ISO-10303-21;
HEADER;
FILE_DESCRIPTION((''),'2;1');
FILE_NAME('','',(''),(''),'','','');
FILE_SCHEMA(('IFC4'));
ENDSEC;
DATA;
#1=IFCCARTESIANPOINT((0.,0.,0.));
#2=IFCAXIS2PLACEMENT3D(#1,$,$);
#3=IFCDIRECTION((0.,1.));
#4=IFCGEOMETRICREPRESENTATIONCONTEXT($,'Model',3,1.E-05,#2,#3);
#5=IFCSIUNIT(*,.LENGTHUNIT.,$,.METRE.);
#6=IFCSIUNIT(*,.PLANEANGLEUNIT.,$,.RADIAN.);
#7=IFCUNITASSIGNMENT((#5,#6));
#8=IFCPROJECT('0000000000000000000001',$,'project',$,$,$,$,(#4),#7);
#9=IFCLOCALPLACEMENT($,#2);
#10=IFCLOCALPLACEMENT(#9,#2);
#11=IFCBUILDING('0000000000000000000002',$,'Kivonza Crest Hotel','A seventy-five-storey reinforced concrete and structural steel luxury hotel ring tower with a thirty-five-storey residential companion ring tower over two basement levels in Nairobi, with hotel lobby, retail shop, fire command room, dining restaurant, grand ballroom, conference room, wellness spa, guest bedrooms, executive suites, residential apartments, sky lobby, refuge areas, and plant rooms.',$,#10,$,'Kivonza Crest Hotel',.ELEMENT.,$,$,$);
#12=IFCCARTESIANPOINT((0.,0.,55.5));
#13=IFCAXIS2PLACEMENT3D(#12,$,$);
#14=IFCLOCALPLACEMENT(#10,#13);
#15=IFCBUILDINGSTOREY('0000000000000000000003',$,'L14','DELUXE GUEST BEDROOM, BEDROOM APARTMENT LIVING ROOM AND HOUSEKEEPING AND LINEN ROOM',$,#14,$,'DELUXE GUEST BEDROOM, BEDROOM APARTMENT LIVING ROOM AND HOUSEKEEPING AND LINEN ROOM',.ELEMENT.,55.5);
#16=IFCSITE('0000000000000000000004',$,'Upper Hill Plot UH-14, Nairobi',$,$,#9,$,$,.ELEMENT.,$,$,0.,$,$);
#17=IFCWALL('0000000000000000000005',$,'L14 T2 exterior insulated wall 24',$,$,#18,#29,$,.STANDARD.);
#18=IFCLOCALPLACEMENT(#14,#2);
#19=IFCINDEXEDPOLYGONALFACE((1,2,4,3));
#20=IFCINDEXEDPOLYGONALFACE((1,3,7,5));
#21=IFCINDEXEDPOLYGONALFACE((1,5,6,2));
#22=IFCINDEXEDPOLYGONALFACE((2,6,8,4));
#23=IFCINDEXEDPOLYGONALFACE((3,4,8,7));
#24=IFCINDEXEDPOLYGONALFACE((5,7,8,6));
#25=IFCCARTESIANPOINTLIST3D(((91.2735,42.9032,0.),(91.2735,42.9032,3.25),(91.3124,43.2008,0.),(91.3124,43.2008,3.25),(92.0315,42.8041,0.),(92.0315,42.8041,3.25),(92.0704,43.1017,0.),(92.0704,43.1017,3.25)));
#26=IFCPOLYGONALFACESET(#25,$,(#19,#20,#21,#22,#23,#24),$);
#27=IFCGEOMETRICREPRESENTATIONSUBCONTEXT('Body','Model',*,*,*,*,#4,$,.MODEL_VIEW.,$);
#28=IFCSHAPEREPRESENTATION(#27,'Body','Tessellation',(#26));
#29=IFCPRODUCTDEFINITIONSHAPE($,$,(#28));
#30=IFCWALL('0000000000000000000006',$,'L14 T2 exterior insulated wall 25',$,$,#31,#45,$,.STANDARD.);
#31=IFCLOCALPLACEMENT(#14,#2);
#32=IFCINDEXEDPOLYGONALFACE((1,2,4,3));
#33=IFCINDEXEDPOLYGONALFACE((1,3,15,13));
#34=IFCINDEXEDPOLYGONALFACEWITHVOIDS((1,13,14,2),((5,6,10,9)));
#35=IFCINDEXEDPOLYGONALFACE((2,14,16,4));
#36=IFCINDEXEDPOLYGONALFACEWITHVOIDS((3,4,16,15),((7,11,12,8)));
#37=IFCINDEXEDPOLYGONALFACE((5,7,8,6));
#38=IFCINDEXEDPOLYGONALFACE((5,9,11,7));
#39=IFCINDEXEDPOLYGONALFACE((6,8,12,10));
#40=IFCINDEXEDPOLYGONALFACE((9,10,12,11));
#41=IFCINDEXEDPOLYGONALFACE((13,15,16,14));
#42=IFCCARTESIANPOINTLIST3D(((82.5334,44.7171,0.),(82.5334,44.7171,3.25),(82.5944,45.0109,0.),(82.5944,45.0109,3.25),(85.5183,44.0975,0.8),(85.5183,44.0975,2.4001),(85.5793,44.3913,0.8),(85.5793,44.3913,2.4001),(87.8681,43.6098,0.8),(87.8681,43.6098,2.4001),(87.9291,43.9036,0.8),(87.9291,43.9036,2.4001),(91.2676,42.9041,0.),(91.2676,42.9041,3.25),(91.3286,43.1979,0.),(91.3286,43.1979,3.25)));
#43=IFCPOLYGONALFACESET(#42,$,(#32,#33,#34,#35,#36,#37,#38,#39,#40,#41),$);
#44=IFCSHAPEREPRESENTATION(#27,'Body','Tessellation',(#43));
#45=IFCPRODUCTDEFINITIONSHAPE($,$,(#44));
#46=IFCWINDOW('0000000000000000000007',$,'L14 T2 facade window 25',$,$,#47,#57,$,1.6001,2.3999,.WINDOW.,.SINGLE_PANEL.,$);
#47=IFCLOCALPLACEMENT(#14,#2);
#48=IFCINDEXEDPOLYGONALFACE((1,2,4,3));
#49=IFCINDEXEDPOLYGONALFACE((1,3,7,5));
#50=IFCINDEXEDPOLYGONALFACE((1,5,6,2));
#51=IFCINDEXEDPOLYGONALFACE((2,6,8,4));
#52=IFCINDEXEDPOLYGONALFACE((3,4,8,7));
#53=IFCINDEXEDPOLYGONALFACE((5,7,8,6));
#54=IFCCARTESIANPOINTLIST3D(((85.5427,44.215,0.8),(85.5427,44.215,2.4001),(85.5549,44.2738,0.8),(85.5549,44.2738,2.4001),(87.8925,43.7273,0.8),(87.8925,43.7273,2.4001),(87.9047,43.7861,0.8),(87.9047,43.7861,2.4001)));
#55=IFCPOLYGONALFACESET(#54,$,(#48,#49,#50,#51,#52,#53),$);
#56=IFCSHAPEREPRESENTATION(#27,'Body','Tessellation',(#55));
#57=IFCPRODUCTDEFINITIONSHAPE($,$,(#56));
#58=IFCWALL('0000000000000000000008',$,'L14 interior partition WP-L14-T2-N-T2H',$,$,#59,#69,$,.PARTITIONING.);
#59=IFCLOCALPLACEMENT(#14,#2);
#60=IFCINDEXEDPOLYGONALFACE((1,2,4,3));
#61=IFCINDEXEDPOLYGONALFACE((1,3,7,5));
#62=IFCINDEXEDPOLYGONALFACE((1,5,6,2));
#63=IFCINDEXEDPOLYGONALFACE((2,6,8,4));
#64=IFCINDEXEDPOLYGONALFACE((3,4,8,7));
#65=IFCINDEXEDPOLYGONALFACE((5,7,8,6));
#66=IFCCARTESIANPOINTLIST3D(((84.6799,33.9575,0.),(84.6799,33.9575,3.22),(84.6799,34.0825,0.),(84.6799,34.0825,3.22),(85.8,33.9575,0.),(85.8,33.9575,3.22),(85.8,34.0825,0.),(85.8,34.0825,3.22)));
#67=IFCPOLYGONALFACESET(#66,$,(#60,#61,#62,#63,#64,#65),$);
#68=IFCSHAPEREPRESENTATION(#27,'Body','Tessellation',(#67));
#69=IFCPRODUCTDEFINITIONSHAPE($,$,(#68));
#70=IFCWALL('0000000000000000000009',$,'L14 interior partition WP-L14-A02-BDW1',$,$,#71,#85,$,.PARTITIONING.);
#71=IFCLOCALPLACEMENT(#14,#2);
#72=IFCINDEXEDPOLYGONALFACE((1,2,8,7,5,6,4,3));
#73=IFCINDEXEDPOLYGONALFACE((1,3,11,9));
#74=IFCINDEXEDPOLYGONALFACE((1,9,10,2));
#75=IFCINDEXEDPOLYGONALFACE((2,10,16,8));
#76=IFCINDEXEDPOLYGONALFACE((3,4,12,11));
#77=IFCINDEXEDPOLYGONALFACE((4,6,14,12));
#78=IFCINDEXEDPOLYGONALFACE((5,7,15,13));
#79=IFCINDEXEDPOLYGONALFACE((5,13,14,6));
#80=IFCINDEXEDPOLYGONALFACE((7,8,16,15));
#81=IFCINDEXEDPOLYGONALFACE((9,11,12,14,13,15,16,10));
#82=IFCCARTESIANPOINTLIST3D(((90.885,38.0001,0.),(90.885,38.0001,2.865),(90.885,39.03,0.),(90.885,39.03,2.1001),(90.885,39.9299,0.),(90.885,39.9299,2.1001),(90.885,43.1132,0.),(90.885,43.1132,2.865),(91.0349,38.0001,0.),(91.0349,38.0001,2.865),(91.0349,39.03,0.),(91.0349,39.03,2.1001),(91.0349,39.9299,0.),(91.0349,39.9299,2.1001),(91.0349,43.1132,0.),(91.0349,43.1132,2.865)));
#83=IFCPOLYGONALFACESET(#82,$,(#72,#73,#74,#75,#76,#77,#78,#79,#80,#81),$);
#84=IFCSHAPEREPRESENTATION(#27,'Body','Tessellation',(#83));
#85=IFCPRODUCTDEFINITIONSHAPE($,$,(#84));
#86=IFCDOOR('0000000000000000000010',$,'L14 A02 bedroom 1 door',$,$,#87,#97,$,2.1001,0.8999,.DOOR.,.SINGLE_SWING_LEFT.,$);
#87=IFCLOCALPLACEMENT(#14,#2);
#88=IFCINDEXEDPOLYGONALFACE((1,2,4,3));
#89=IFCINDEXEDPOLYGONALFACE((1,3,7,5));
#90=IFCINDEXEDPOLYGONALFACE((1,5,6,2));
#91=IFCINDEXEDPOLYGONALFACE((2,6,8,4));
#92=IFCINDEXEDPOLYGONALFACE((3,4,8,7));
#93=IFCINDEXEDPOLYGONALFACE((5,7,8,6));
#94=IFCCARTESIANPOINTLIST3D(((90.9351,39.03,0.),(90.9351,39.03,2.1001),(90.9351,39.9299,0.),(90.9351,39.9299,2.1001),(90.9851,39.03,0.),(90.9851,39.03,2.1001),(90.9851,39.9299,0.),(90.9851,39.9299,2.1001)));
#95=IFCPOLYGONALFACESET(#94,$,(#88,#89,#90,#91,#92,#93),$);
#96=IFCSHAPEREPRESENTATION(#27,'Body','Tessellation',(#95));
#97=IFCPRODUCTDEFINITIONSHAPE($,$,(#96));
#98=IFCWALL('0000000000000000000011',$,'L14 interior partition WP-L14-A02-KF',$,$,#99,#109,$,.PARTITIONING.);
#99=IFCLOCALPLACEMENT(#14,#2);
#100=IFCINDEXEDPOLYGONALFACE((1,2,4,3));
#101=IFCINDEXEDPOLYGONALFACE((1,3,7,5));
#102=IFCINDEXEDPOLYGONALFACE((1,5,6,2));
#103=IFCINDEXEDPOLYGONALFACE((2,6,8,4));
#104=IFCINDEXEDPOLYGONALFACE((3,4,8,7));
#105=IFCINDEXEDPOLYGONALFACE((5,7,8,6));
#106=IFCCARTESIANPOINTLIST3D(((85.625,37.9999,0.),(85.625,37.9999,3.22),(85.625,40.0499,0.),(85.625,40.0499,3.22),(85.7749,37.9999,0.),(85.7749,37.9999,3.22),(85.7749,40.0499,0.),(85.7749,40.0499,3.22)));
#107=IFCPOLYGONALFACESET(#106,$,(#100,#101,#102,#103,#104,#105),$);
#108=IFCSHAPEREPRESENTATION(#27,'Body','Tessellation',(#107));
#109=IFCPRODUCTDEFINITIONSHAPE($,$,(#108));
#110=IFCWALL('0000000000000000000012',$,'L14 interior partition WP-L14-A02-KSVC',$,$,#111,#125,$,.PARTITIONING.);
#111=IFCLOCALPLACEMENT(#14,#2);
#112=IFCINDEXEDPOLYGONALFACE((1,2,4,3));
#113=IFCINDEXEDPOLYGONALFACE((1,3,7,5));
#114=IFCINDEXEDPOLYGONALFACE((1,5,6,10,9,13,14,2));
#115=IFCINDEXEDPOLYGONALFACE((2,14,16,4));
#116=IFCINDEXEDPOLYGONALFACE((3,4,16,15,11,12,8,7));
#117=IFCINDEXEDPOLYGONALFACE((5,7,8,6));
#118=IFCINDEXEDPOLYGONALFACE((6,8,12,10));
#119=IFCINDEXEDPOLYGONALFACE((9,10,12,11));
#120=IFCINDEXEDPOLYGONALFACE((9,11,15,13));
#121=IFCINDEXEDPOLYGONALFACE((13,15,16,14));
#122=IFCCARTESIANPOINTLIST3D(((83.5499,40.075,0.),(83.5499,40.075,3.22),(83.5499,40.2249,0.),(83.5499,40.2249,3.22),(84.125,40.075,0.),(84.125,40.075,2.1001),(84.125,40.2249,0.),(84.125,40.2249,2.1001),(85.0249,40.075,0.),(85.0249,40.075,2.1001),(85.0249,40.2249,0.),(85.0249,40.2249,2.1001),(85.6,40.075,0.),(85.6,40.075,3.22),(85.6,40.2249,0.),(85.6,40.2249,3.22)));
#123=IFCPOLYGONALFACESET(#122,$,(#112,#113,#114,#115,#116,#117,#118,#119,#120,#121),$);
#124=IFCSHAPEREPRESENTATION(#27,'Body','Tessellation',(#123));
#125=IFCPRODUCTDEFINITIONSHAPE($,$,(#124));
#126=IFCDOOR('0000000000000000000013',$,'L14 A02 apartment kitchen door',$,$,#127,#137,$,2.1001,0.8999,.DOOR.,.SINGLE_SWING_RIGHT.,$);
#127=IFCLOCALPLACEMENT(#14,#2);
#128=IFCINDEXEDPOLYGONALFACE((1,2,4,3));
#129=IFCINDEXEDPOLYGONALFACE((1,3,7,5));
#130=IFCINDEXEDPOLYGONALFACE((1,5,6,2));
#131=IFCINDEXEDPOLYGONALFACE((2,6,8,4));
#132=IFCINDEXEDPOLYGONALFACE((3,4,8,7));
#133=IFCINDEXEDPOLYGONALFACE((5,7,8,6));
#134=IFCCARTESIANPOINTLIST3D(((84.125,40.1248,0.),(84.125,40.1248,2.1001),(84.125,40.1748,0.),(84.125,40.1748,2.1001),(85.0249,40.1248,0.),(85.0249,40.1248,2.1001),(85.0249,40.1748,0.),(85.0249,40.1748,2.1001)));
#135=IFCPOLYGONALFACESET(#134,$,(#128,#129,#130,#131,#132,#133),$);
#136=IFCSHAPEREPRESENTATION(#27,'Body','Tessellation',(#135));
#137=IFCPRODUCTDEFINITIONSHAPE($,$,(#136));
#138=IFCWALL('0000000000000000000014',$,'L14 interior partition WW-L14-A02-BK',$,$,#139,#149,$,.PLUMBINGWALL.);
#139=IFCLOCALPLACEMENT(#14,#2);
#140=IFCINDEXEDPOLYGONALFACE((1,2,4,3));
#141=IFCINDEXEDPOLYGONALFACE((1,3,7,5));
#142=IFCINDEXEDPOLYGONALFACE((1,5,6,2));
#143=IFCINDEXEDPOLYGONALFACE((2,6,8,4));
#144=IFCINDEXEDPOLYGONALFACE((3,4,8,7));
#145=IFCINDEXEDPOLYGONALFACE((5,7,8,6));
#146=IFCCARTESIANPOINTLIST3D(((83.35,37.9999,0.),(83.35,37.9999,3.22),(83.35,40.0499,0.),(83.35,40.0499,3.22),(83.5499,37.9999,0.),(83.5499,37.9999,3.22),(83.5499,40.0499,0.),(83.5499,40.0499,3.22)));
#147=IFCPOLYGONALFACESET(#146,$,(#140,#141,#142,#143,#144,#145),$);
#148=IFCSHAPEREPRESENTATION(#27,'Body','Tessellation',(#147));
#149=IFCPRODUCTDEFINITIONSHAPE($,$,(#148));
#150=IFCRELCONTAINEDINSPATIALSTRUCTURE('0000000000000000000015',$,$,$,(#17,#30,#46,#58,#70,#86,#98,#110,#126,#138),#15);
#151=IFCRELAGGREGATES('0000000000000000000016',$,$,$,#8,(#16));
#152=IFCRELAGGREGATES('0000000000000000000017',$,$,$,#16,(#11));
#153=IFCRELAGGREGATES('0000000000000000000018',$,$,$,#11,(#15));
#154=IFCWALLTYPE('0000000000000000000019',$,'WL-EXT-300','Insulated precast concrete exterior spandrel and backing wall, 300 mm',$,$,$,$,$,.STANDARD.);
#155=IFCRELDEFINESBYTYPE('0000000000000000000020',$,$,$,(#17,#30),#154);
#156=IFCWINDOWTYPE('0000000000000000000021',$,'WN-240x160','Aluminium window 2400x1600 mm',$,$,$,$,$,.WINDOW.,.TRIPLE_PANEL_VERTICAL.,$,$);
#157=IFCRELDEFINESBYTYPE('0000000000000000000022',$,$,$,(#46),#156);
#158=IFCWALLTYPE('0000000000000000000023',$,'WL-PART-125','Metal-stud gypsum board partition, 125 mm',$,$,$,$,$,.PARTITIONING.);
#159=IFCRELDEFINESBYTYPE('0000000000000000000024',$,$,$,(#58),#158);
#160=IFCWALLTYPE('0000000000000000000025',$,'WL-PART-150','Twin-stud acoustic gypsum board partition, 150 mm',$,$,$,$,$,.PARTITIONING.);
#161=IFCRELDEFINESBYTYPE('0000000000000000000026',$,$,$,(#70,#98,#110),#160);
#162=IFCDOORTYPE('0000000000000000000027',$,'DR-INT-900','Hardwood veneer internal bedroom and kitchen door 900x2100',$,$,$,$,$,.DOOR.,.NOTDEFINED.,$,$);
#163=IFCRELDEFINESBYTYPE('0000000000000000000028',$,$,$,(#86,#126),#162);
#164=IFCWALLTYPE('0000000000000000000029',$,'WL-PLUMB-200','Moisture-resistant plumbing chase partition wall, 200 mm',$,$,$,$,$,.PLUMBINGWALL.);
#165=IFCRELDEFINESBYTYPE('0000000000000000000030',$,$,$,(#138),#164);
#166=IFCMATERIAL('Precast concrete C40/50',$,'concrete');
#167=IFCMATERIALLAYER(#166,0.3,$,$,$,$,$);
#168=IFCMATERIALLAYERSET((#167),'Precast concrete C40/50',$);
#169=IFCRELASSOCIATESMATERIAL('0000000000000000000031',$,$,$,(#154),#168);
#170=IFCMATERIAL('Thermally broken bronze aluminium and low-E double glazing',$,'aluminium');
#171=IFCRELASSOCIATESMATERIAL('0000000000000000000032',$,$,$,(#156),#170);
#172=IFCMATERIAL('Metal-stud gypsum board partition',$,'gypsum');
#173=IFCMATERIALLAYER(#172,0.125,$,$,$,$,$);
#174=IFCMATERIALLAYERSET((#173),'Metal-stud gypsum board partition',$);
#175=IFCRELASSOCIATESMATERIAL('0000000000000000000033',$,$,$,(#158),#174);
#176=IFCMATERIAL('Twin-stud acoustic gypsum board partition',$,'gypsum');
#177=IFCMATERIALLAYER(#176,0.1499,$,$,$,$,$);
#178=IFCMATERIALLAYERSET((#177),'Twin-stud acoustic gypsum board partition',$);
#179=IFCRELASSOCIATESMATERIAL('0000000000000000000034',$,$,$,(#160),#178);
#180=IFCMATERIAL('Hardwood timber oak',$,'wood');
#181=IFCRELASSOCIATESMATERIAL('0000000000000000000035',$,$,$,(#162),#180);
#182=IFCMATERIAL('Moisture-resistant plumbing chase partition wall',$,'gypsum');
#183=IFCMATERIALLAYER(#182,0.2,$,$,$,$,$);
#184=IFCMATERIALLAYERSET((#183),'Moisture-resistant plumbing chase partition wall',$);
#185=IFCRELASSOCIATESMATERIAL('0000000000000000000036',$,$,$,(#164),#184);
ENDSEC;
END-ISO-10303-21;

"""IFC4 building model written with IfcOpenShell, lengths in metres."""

from ifc_helpers import new_model, si_unit, direction, frame, frame_2d, origin, place, context, subcontext, project, spatial, rectangle, extrude, material, layer, layer_set, type_object, element, fill, save


model = new_model("IFC4")

# Units and contexts
model_context = context("Model", 3, precision=1e-05, world=origin(), true_north=direction((0.0, 1.0)))
body_context = subcontext(model_context, "Body", "Model", "MODEL_VIEW")
ifc_project = project(units=[si_unit("LENGTHUNIT", "METRE"), si_unit("PLANEANGLEUNIT", "RADIAN")], contexts=[model_context])

# Site, building, storey
site_placement = place(None, origin())
site = spatial("IfcSite", under=ifc_project, at=site_placement, Name="Upper Hill Plot UH-14, Nairobi", CompositionType="ELEMENT", RefElevation=0.0)
building_placement = place(site_placement, origin())
building = spatial("IfcBuilding", under=site, at=building_placement, Name="Kivonza Crest Hotel", Description="A seventy-five-storey reinforced concrete and structural steel luxury hotel ring tower with a thirty-five-storey residential companion ring tower over two basement levels in Nairobi, with hotel lobby, retail shop, fire command room, dining restaurant, grand ballroom, conference room, wellness spa, guest bedrooms, executive suites, residential apartments, sky lobby, refuge areas, and plant rooms.", LongName="Kivonza Crest Hotel", CompositionType="ELEMENT")
storey_placement = place(building_placement, frame((0.0, 0.0, 55.5)))
storey = spatial("IfcBuildingStorey", under=building, at=storey_placement, Name="L14", Description="DELUXE GUEST BEDROOM, BEDROOM APARTMENT LIVING ROOM AND HOUSEKEEPING AND LINEN ROOM", LongName="DELUXE GUEST BEDROOM, BEDROOM APARTMENT LIVING ROOM AND HOUSEKEEPING AND LINEN ROOM", CompositionType="ELEMENT", Elevation=55.5)

# Shared definitions
ifc_material_1 = material(Name="Hardwood timber oak", Category="wood")

# Wall
ifc_material_2 = material(Name="Precast concrete C40/50", Category="concrete")
ifc_layer_1 = layer(ifc_material_2, 0.3)
ifc_layer_set_1 = layer_set([ifc_layer_1], Name="Precast concrete C40/50")
wall_type_1 = type_object("IfcWallType", Name="WL-EXT-300", Description="Insulated precast concrete exterior spandrel and backing wall, 300 mm", PredefinedType="STANDARD", material=ifc_layer_set_1)
wall_1_placement = place(storey_placement, frame((92.051, 42.9529, 0.0), z_axis=(0.0, 0.0, 1.0), x_axis=(-0.991559, 0.129653, 0.0)))
element("IfcWall", 1, at=wall_1_placement, inside=storey, type_object=wall_type_1, Name="L14 T2 exterior insulated wall 24", PredefinedType="STANDARD", context=body_context, shape_type="SweptSolid", body=[
    extrude(rectangle(XDim=0.7644, YDim=0.3, at=frame_2d((0.3823, 0.0))), origin(), (0.0, 0.0, 1.0), 3.25),
])

# Wall, opening, window
wall_2_placement = place(storey_placement, frame((91.2981, 43.051, 0.0), z_axis=(0.0, 0.0, 1.0), x_axis=(-0.979128, 0.203243, 0.0)))
wall_2 = element("IfcWall", 2, at=wall_2_placement, inside=storey, type_object=wall_type_1, Name="L14 T2 exterior insulated wall 25", PredefinedType="STANDARD", context=body_context, shape_type="SweptSolid", body=[
    extrude(rectangle(XDim=8.9204, YDim=0.3, at=frame_2d((4.4602, 0.0))), origin(), (0.0, 0.0, 1.0), 3.25),
])
opening_1_placement = place(wall_2_placement, frame((3.4719, 0.0, 0.8)))
opening_1 = element("IfcOpeningElement", 3, at=opening_1_placement, cuts=wall_2, PredefinedType="OPENING", context=body_context, shape_type="SweptSolid", body=[
    extrude(rectangle(XDim=2.3999, YDim=1.6001, at=frame_2d((1.2, 0.8))), frame((0.0, 0.1602, 0.0), z_axis=(0.0, -1.0, 0.0), x_axis=(1.0, 0.0, 0.0)), (0.0, 0.0, 1.0), 0.3201),
])
ifc_material_3 = material(Name="Thermally broken bronze aluminium and low-E double glazing", Category="aluminium")
window_type = type_object("IfcWindowType", Name="WN-240x160", Description="Aluminium window 2400x1600 mm", PartitioningType="TRIPLE_PANEL_VERTICAL", PredefinedType="WINDOW", material=ifc_material_3)
window_placement = place(opening_1_placement, origin())
window = element("IfcWindow", 4, at=window_placement, inside=storey, type_object=window_type, Name="L14 T2 facade window 25", OverallHeight=1.6001, OverallWidth=2.3999, PartitioningType="SINGLE_PANEL", PredefinedType="WINDOW", context=body_context, shape_type="SweptSolid", body=[
    extrude(rectangle(XDim=2.3999, YDim=1.6001, at=frame_2d((1.2, 0.8))), frame((0.0, 0.03, 0.0), z_axis=(0.0, -1.0, 0.0), x_axis=(1.0, 0.0, 0.0)), (0.0, 0.0, 1.0), 0.0601),
])
fill(opening_1, window)

# Wall
ifc_material_4 = material(Name="Metal-stud gypsum board partition", Category="gypsum")
ifc_layer_2 = layer(ifc_material_4, 0.125)
ifc_layer_set_2 = layer_set([ifc_layer_2], Name="Metal-stud gypsum board partition")
wall_type_2 = type_object("IfcWallType", Name="WL-PART-125", Description="Metal-stud gypsum board partition, 125 mm", PredefinedType="PARTITIONING", material=ifc_layer_set_2)
wall_3_placement = place(storey_placement, frame((84.6799, 34.02, 0.0), z_axis=(0.0, 0.0, 1.0), x_axis=(1.0, 0.0, 0.0)))
element("IfcWall", 5, at=wall_3_placement, inside=storey, type_object=wall_type_2, Name="L14 interior partition WP-L14-T2-N-T2H", PredefinedType="PARTITIONING", context=body_context, shape_type="SweptSolid", body=[
    extrude(rectangle(XDim=1.1201, YDim=0.125, at=frame_2d((0.5601, 0.0))), origin(), (0.0, 0.0, 1.0), 3.22),
])

# Wall, opening, door
ifc_material_5 = material(Name="Twin-stud acoustic gypsum board partition", Category="gypsum")
ifc_layer_3 = layer(ifc_material_5, 0.1499)
ifc_layer_set_3 = layer_set([ifc_layer_3], Name="Twin-stud acoustic gypsum board partition")
wall_type_3 = type_object("IfcWallType", Name="WL-PART-150", Description="Twin-stud acoustic gypsum board partition, 150 mm", PredefinedType="PARTITIONING", material=ifc_layer_set_3)
wall_4_placement = place(storey_placement, frame((90.96, 38.0, 0.0), z_axis=(0.0, 0.0, 1.0), x_axis=(0.0, 1.0, 0.0)))
wall_4 = element("IfcWall", 6, at=wall_4_placement, inside=storey, type_object=wall_type_3, Name="L14 interior partition WP-L14-A02-BDW1", PredefinedType="PARTITIONING", context=body_context, shape_type="SweptSolid", body=[
    extrude(rectangle(XDim=5.113, YDim=0.1499, at=frame_2d((2.5566, 0.0))), origin(), (0.0, 0.0, 1.0), 2.865),
])
opening_2_placement = place(wall_4_placement, frame((1.03, 0.0, 0.0)))
opening_2 = element("IfcOpeningElement", 7, at=opening_2_placement, cuts=wall_4, PredefinedType="OPENING", context=body_context, shape_type="SweptSolid", body=[
    extrude(rectangle(XDim=0.8999, YDim=2.1001, at=frame_2d((0.45, 1.05))), frame((0.0, 0.085, 0.0), z_axis=(0.0, -1.0, 0.0), x_axis=(1.0, 0.0, 0.0)), (0.0, 0.0, 1.0), 0.1699),
])
door_type_1 = type_object("IfcDoorType", Name="DR-INT-900", Description="Hardwood veneer internal bedroom and kitchen door 900x2100", OperationType="NOTDEFINED", PredefinedType="DOOR", material=ifc_material_1)
door_1_placement = place(opening_2_placement, origin())
door_1 = element("IfcDoor", 8, at=door_1_placement, inside=storey, type_object=door_type_1, Name="L14 A02 bedroom 1 door", OperationType="SINGLE_SWING_LEFT", OverallHeight=2.1001, OverallWidth=0.8999, PredefinedType="DOOR", context=body_context, shape_type="SweptSolid", body=[
    extrude(rectangle(XDim=0.8999, YDim=2.1001, at=frame_2d((0.45, 1.05))), frame((0.0, 0.0249, 0.0), z_axis=(0.0, -1.0, 0.0), x_axis=(1.0, 0.0, 0.0)), (0.0, 0.0, 1.0), 0.05),
])
fill(opening_2, door_1)

# Wall
wall_5_placement = place(storey_placement, frame((85.7, 38.0, 0.0), z_axis=(0.0, 0.0, 1.0), x_axis=(0.0, 1.0, 0.0)))
element("IfcWall", 9, at=wall_5_placement, inside=storey, type_object=wall_type_3, Name="L14 interior partition WP-L14-A02-KF", PredefinedType="PARTITIONING", context=body_context, shape_type="SweptSolid", body=[
    extrude(rectangle(XDim=2.05, YDim=0.1499, at=frame_2d((1.0249, 0.0))), origin(), (0.0, 0.0, 1.0), 3.22),
])

# Wall, opening, door
wall_6_placement = place(storey_placement, frame((83.55, 40.1499, 0.0), z_axis=(0.0, 0.0, 1.0), x_axis=(1.0, 0.0, 0.0)))
wall_6 = element("IfcWall", 10, at=wall_6_placement, inside=storey, type_object=wall_type_3, Name="L14 interior partition WP-L14-A02-KSVC", PredefinedType="PARTITIONING", context=body_context, shape_type="SweptSolid", body=[
    extrude(rectangle(XDim=2.05, YDim=0.1499, at=frame_2d((1.0249, 0.0))), origin(), (0.0, 0.0, 1.0), 3.22),
])
opening_3_placement = place(wall_6_placement, frame((0.575, 0.0, 0.0)))
opening_3 = element("IfcOpeningElement", 11, at=opening_3_placement, cuts=wall_6, PredefinedType="OPENING", context=body_context, shape_type="SweptSolid", body=[
    extrude(rectangle(XDim=0.8999, YDim=2.1001, at=frame_2d((0.45, 1.05))), frame((0.0, 0.085, 0.0), z_axis=(0.0, -1.0, 0.0), x_axis=(1.0, 0.0, 0.0)), (0.0, 0.0, 1.0), 0.1699),
])
door_2_placement = place(opening_3_placement, origin())
door_2 = element("IfcDoor", 12, at=door_2_placement, inside=storey, type_object=door_type_1, Name="L14 A02 apartment kitchen door", OperationType="SINGLE_SWING_RIGHT", OverallHeight=2.1001, OverallWidth=0.8999, PredefinedType="DOOR", context=body_context, shape_type="SweptSolid", body=[
    extrude(rectangle(XDim=0.8999, YDim=2.1001, at=frame_2d((0.45, 1.05))), frame((0.0, 0.0249, 0.0), z_axis=(0.0, -1.0, 0.0), x_axis=(1.0, 0.0, 0.0)), (0.0, 0.0, 1.0), 0.05),
])
fill(opening_3, door_2)

# Wall
ifc_material_6 = material(Name="Moisture-resistant plumbing chase partition wall", Category="gypsum")
ifc_layer_4 = layer(ifc_material_6, 0.2)
ifc_layer_set_4 = layer_set([ifc_layer_4], Name="Moisture-resistant plumbing chase partition wall")
wall_type_4 = type_object("IfcWallType", Name="WL-PLUMB-200", Description="Moisture-resistant plumbing chase partition wall, 200 mm", PredefinedType="PLUMBINGWALL", material=ifc_layer_set_4)
wall_7_placement = place(storey_placement, frame((83.45, 38.0, 0.0), z_axis=(0.0, 0.0, 1.0), x_axis=(0.0, 1.0, 0.0)))
element("IfcWall", 13, at=wall_7_placement, inside=storey, type_object=wall_type_4, Name="L14 interior partition WW-L14-A02-BK", PredefinedType="PLUMBINGWALL", context=body_context, shape_type="SweptSolid", body=[
    extrude(rectangle(XDim=2.05, YDim=0.2, at=frame_2d((1.0249, 0.0))), origin(), (0.0, 0.0, 1.0), 3.22),
])

save(model, "model.ifc")
